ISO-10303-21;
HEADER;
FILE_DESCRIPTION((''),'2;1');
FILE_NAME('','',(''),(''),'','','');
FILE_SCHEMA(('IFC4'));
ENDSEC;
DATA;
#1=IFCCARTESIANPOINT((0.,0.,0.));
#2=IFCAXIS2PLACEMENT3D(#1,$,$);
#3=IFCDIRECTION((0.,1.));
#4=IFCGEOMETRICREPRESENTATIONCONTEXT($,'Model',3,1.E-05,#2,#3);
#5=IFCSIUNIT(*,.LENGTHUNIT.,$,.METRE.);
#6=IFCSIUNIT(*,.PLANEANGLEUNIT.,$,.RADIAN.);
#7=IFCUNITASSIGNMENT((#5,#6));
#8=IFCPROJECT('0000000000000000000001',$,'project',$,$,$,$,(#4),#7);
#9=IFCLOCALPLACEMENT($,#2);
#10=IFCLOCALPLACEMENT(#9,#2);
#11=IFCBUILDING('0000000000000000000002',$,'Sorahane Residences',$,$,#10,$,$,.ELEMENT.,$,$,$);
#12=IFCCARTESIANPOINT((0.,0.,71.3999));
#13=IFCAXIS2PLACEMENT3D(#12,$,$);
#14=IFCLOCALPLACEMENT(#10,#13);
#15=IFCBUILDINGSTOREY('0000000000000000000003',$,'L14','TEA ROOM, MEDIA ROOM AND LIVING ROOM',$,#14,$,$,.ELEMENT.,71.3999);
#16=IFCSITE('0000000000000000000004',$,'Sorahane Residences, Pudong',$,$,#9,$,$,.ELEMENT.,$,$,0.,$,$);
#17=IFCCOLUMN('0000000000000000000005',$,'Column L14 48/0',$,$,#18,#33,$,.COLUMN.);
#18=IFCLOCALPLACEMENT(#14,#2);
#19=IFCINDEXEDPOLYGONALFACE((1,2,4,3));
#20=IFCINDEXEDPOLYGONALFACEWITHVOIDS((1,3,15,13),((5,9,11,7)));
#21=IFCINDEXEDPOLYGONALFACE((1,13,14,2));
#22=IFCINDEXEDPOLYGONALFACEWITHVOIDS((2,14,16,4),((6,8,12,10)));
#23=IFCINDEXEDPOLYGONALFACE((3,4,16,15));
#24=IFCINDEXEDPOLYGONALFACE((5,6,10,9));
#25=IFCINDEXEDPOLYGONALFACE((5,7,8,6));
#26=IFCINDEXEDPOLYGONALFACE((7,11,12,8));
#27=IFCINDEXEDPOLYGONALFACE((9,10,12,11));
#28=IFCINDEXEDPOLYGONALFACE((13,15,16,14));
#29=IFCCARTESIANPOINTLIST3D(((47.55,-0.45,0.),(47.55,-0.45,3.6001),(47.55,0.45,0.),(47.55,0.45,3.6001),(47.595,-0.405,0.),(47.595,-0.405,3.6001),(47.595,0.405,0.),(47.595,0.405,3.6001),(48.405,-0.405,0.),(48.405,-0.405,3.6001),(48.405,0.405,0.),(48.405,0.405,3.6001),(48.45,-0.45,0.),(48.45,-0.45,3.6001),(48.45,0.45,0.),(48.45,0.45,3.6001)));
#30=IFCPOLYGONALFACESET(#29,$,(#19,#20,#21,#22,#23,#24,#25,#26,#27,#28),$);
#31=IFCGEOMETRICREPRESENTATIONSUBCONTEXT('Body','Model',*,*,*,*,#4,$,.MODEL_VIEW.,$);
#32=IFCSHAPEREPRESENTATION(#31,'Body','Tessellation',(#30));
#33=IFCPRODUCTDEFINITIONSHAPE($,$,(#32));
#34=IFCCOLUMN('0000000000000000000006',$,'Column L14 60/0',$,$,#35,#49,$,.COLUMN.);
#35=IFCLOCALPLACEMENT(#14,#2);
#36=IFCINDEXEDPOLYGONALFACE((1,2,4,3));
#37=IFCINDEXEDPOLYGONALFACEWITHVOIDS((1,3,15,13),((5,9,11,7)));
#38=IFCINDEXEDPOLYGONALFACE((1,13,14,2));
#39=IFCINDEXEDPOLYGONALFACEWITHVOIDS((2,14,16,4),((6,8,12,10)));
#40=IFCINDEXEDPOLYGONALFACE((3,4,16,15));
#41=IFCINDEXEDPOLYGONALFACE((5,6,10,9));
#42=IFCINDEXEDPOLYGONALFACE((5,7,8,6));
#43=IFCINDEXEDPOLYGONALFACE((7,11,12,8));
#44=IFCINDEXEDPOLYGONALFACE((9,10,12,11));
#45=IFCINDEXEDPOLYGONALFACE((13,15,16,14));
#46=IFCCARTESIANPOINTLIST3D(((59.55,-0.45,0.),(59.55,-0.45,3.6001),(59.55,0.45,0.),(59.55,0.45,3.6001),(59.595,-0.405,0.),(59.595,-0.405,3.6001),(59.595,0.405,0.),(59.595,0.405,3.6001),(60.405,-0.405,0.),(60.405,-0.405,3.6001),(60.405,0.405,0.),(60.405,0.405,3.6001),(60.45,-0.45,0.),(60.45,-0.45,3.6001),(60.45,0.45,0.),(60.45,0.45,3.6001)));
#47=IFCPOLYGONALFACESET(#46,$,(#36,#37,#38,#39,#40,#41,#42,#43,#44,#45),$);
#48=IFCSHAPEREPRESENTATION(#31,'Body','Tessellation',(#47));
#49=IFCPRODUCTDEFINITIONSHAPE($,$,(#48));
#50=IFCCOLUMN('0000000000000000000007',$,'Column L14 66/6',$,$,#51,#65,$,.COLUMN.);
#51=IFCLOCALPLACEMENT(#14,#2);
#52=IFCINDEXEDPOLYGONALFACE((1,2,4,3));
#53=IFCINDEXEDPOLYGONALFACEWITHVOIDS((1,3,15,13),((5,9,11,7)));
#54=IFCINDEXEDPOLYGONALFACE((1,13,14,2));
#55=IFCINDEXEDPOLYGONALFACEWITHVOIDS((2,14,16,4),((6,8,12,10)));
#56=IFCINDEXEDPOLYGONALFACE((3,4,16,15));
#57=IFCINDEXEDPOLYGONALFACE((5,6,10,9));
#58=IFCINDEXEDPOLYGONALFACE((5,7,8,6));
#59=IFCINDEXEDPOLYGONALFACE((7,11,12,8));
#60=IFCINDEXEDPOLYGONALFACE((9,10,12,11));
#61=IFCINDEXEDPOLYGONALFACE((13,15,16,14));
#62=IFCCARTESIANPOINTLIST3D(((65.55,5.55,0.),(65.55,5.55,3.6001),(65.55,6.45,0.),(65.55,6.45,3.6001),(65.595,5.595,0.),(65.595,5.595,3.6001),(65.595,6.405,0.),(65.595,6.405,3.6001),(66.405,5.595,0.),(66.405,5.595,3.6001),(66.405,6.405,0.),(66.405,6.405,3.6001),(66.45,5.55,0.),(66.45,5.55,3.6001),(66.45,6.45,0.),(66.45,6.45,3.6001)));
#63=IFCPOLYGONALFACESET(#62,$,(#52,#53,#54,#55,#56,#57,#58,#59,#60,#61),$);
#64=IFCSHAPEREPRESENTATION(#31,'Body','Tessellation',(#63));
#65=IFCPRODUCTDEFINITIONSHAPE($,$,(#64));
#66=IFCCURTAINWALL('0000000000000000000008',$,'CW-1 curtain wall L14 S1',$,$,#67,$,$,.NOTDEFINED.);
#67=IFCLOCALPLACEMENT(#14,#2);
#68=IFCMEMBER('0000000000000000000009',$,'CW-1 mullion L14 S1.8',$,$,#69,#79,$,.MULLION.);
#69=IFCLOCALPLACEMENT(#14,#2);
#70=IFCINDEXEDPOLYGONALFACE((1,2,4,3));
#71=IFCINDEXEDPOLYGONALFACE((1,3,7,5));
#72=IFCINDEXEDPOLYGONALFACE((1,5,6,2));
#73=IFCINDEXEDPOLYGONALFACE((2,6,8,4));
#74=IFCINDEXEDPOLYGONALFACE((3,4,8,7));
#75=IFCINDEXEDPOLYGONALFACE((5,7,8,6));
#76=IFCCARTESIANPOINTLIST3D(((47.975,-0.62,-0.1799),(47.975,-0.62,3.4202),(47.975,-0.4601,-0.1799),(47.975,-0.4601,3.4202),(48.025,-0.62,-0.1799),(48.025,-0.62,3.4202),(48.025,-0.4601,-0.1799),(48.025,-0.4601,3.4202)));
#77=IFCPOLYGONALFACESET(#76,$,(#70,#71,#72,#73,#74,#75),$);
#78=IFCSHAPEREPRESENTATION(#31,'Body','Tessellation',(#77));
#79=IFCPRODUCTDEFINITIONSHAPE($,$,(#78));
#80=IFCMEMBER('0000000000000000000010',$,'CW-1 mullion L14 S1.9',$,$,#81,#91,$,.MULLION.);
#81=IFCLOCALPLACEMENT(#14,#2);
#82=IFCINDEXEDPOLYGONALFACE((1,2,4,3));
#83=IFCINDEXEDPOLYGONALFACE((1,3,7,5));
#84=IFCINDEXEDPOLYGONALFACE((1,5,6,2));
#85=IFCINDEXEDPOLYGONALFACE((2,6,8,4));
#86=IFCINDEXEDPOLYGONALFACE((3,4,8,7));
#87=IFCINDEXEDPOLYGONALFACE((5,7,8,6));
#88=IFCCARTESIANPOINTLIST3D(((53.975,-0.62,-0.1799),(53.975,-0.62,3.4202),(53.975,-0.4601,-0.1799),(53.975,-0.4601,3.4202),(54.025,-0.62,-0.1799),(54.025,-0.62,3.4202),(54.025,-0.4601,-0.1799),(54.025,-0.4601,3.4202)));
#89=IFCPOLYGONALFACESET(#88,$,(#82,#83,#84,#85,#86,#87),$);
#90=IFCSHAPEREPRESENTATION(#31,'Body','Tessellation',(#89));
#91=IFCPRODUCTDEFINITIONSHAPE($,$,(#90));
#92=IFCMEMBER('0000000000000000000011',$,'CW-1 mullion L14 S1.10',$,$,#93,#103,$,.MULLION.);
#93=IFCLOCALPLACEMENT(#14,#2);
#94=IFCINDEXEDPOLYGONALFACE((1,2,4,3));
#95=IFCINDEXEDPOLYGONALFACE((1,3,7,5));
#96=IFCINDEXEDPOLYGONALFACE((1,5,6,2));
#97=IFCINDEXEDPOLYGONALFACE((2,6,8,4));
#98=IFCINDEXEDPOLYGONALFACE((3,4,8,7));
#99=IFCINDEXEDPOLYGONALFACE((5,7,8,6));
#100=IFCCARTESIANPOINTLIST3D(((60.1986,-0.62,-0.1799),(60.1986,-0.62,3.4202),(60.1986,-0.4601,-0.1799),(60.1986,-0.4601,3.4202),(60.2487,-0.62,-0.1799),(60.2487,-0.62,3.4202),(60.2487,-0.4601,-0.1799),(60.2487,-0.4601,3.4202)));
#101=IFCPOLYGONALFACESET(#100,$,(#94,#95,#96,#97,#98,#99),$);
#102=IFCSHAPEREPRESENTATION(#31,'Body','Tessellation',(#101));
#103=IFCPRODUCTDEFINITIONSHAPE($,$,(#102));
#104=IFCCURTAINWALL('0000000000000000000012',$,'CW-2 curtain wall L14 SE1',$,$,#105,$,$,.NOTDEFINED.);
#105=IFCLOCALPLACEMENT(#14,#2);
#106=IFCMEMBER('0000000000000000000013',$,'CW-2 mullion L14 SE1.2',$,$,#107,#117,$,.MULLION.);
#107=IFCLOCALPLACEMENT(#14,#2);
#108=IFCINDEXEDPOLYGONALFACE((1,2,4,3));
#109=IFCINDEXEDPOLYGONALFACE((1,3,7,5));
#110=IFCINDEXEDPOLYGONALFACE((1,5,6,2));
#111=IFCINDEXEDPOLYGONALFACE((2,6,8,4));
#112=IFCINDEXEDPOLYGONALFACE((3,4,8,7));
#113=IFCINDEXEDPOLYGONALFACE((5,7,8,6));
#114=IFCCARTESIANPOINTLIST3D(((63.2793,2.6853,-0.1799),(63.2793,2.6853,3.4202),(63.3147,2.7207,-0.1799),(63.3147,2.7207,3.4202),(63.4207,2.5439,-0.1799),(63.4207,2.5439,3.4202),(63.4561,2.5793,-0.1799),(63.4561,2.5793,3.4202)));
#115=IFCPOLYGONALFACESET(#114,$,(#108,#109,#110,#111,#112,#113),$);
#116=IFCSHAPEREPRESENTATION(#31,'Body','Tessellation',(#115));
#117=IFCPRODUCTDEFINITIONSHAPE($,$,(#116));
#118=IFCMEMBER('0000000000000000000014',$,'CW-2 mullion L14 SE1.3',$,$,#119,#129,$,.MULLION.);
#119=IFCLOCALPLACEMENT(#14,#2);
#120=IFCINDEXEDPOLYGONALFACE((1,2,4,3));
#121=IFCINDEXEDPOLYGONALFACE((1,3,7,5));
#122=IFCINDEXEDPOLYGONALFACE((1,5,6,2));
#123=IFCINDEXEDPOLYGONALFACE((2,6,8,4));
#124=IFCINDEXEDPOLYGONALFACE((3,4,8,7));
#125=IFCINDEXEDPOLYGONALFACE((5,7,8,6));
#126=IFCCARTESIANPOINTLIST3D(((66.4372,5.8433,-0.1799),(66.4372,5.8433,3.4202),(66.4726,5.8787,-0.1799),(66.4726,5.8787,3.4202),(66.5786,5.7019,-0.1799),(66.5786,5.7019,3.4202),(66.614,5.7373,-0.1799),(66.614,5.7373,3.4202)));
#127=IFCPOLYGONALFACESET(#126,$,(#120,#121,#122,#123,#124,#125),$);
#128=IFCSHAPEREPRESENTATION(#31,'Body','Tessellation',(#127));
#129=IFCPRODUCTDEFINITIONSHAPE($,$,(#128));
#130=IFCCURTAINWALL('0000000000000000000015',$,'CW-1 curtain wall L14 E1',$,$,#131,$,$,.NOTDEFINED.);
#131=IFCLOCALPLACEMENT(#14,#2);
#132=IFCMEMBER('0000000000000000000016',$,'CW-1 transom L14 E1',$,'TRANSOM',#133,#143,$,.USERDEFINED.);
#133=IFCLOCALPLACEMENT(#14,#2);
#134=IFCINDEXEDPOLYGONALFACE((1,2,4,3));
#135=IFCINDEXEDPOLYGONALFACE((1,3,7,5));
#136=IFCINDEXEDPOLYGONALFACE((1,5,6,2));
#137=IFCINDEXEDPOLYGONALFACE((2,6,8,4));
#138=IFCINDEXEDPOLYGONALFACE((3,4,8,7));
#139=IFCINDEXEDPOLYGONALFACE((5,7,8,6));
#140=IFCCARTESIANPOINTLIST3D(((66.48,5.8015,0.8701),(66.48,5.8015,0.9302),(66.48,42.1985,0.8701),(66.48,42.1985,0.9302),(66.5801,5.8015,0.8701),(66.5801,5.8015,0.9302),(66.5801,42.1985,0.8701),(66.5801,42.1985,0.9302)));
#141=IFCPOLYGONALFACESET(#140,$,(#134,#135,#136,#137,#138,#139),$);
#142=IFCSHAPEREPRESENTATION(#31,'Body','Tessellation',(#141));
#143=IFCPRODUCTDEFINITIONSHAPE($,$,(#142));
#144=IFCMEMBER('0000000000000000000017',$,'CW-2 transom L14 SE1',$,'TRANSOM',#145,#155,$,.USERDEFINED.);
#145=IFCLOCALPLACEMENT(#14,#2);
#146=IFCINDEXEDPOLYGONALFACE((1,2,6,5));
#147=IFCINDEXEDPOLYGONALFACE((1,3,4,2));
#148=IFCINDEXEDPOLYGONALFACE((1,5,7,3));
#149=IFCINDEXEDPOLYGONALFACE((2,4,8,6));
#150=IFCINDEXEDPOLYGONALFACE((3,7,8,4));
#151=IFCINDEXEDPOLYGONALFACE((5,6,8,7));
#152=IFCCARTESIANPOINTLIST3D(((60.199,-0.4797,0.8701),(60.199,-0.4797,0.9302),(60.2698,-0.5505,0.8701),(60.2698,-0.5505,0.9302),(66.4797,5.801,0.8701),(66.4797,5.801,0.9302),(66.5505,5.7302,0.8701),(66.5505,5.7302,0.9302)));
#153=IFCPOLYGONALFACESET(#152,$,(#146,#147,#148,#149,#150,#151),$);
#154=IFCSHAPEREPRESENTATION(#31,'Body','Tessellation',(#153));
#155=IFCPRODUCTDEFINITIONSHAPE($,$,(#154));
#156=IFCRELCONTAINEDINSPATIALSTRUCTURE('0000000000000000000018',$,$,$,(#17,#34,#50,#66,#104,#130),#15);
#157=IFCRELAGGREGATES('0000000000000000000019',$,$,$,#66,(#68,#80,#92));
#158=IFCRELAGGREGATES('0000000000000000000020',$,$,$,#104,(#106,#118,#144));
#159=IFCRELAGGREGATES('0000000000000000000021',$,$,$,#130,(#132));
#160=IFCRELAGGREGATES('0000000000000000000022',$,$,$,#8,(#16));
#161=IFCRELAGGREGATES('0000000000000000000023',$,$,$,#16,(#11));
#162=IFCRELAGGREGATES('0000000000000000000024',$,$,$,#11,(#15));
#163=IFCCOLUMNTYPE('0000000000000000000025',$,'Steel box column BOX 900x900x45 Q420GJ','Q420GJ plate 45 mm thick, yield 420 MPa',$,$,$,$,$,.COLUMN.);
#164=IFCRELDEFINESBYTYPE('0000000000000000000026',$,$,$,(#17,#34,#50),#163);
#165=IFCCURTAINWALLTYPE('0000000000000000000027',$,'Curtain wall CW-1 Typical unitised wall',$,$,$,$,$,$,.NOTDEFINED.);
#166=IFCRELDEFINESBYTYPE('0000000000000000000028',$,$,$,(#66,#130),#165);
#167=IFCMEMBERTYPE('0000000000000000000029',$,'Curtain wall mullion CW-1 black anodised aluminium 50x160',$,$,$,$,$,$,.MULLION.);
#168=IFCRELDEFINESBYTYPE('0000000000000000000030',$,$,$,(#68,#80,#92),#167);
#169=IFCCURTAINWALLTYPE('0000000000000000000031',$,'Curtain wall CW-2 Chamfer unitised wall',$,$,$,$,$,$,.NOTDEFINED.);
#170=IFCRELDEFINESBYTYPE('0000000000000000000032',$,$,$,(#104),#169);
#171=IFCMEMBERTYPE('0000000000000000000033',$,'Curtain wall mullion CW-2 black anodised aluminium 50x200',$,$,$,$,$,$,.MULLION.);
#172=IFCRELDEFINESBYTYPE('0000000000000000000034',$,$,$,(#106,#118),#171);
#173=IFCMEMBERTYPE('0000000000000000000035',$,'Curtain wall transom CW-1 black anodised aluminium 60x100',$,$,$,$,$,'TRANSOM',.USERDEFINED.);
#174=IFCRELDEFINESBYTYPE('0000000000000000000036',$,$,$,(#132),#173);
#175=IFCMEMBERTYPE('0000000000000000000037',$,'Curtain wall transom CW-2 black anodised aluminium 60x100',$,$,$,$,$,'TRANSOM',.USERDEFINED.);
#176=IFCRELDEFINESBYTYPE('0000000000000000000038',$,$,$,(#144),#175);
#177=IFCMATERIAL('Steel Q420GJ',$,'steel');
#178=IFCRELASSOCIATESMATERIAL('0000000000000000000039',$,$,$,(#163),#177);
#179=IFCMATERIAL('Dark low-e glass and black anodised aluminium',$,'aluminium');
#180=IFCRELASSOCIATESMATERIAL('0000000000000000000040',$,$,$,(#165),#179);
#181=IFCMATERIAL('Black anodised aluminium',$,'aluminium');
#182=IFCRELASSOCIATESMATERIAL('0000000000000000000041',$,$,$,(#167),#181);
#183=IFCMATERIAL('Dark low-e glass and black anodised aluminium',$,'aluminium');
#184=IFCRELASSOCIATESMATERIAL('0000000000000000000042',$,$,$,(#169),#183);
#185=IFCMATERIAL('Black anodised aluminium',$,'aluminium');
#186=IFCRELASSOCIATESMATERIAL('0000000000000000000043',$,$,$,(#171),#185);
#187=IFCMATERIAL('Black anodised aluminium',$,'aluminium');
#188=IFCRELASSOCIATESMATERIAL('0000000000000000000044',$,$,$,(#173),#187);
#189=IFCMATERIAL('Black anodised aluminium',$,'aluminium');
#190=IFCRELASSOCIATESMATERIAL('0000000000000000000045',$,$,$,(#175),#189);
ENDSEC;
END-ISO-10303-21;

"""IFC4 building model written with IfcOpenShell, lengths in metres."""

from ifc_helpers import new_model, si_unit, direction, frame, origin, origin_2d, place, context, subcontext, project, spatial, rectangle, hollow_rectangle, extrude, material, material_profile, profile_set, type_object, element, aggregate, save


model = new_model("IFC4")

# Units and contexts
model_context = context("Model", 3, precision=1e-05, world=origin(), true_north=direction((0.0, 1.0)))
body_context = subcontext(model_context, "Body", "Model", "MODEL_VIEW")
ifc_project = project(units=[si_unit("LENGTHUNIT", "METRE"), si_unit("PLANEANGLEUNIT", "RADIAN")], contexts=[model_context])

# Site, building, storey
site_placement = place(None, origin())
site = spatial("IfcSite", under=ifc_project, at=site_placement, Name="Sorahane Residences, Pudong", CompositionType="ELEMENT", RefElevation=0.0)
building_placement = place(site_placement, origin())
building = spatial("IfcBuilding", under=site, at=building_placement, Name="Sorahane Residences", CompositionType="ELEMENT")
storey_placement = place(building_placement, frame((0.0, 0.0, 71.3999)))
storey = spatial("IfcBuildingStorey", under=building, at=storey_placement, Name="L14", Description="TEA ROOM, MEDIA ROOM AND LIVING ROOM", CompositionType="ELEMENT", Elevation=71.3999)

# Columns
ifc_material_1 = material(Name="Steel Q420GJ", Category="steel")
ifc_material_profile_1 = material_profile(ifc_material_1, hollow_rectangle(XDim=0.8999, YDim=0.8999, WallThickness=0.0449, at=origin_2d()), Name="BOX 900x900x45")
ifc_profile_set_1 = profile_set([ifc_material_profile_1], Name="Steel Q420GJ")
column_type = type_object("IfcColumnType", Name="Steel box column BOX 900x900x45 Q420GJ", Description="Q420GJ plate 45 mm thick, yield 420 MPa", PredefinedType="COLUMN", material=ifc_profile_set_1)
for number, where, z_axis, x_axis, name in (
    (1, (48.0, 0.0, 0.0), (0.0, 0.0, 1.0), (1.0, 0.0, 0.0), "Column L14 48/0"),
    (2, (60.0, 0.0, 0.0), (0.0, 0.0, 1.0), (1.0, 0.0, 0.0), "Column L14 60/0"),
    (3, (66.0, 6.0, 0.0), (0.0, 0.0, 1.0), (1.0, 0.0, 0.0), "Column L14 66/6"),
):
    element("IfcColumn", number, at=place(storey_placement, frame(where, z_axis=z_axis, x_axis=x_axis)), inside=storey, type_object=column_type, Name=name, PredefinedType="COLUMN", context=body_context, shape_type="SweptSolid", body=[
        extrude(hollow_rectangle(XDim=0.8999, YDim=0.8999, WallThickness=0.0449, at=origin_2d()), origin(), (0.0, 0.0, 1.0), 3.6001),
    ])

# Curtain walls, members
ifc_material_2 = material(Name="Dark low-e glass and black anodised aluminium", Category="aluminium")
curtain_wall_type_1 = type_object("IfcCurtainWallType", Name="Curtain wall CW-1 Typical unitised wall", PredefinedType="NOTDEFINED", material=ifc_material_2)
curtain_wall_1_placement = place(storey_placement, origin())
curtain_wall_1 = element("IfcCurtainWall", 4, at=curtain_wall_1_placement, inside=storey, type_object=curtain_wall_type_1, Name="CW-1 curtain wall L14 S1", PredefinedType="NOTDEFINED")
ifc_material_3 = material(Name="Black anodised aluminium", Category="aluminium")
ifc_material_profile_2 = material_profile(ifc_material_3, rectangle(XDim=0.1599, YDim=0.05, at=origin_2d()), Name="Curtain wall mullion CW-1 black anodised aluminium 50x160")
ifc_profile_set_2 = profile_set([ifc_material_profile_2], Name="Black anodised aluminium")
member_type_1 = type_object("IfcMemberType", Name="Curtain wall mullion CW-1 black anodised aluminium 50x160", PredefinedType="MULLION", material=ifc_profile_set_2)
member_1_placement = place(storey_placement, frame((48.0, -0.54, -0.1799), z_axis=(0.0, 0.0, 1.0), x_axis=(0.0, -1.0, 0.0)))
member_1 = element("IfcMember", 5, at=member_1_placement, type_object=member_type_1, Name="CW-1 mullion L14 S1.8", PredefinedType="MULLION", context=body_context, shape_type="SweptSolid", body=[
    extrude(rectangle(XDim=0.1599, YDim=0.05, at=origin_2d()), origin(), (0.0, 0.0, 1.0), 3.6001),
])
member_2_placement = place(storey_placement, frame((54.0, -0.54, -0.1799), z_axis=(0.0, 0.0, 1.0), x_axis=(0.0, -1.0, 0.0)))
member_2 = element("IfcMember", 6, at=member_2_placement, type_object=member_type_1, Name="CW-1 mullion L14 S1.9", PredefinedType="MULLION", context=body_context, shape_type="SweptSolid", body=[
    extrude(rectangle(XDim=0.1599, YDim=0.05, at=origin_2d()), origin(), (0.0, 0.0, 1.0), 3.6001),
])
member_3_placement = place(storey_placement, frame((60.2236, -0.54, -0.1799), z_axis=(0.0, 0.0, 1.0), x_axis=(0.0, -1.0, 0.0)))
member_3 = element("IfcMember", 7, at=member_3_placement, type_object=member_type_1, Name="CW-1 mullion L14 S1.10", PredefinedType="MULLION", context=body_context, shape_type="SweptSolid", body=[
    extrude(rectangle(XDim=0.1599, YDim=0.05, at=origin_2d()), origin(), (0.0, 0.0, 1.0), 3.6001),
])
ifc_material_4 = material(Name="Dark low-e glass and black anodised aluminium", Category="aluminium")
curtain_wall_type_2 = type_object("IfcCurtainWallType", Name="Curtain wall CW-2 Chamfer unitised wall", PredefinedType="NOTDEFINED", material=ifc_material_4)
curtain_wall_2_placement = place(storey_placement, origin())
curtain_wall_2 = element("IfcCurtainWall", 8, at=curtain_wall_2_placement, inside=storey, type_object=curtain_wall_type_2, Name="CW-2 curtain wall L14 SE1", PredefinedType="NOTDEFINED")
ifc_material_5 = material(Name="Black anodised aluminium", Category="aluminium")
ifc_material_profile_3 = material_profile(ifc_material_5, rectangle(XDim=0.2, YDim=0.05, at=origin_2d()), Name="Curtain wall mullion CW-2 black anodised aluminium 50x200")
ifc_profile_set_3 = profile_set([ifc_material_profile_3], Name="Black anodised aluminium")
member_type_2 = type_object("IfcMemberType", Name="Curtain wall mullion CW-2 black anodised aluminium 50x200", PredefinedType="MULLION", material=ifc_profile_set_3)
member_4_placement = place(storey_placement, frame((63.3677, 2.6323, -0.1799), z_axis=(0.0, 0.0, 1.0), x_axis=(0.707107, -0.707107, 0.0)))
member_4 = element("IfcMember", 9, at=member_4_placement, type_object=member_type_2, Name="CW-2 mullion L14 SE1.2", PredefinedType="MULLION", context=body_context, shape_type="SweptSolid", body=[
    extrude(rectangle(XDim=0.2, YDim=0.05, at=origin_2d()), origin(), (0.0, 0.0, 1.0), 3.6001),
])
member_5_placement = place(storey_placement, frame((66.5256, 5.7903, -0.1799), z_axis=(0.0, 0.0, 1.0), x_axis=(0.707107, -0.707107, 0.0)))
member_5 = element("IfcMember", 10, at=member_5_placement, type_object=member_type_2, Name="CW-2 mullion L14 SE1.3", PredefinedType="MULLION", context=body_context, shape_type="SweptSolid", body=[
    extrude(rectangle(XDim=0.2, YDim=0.05, at=origin_2d()), origin(), (0.0, 0.0, 1.0), 3.6001),
])

# Curtain wall, member
curtain_wall_3_placement = place(storey_placement, origin())
curtain_wall_3 = element("IfcCurtainWall", 11, at=curtain_wall_3_placement, inside=storey, type_object=curtain_wall_type_1, Name="CW-1 curtain wall L14 E1", PredefinedType="NOTDEFINED")
ifc_material_6 = material(Name="Black anodised aluminium", Category="aluminium")
ifc_material_profile_4 = material_profile(ifc_material_6, rectangle(XDim=0.1001, YDim=0.0601, at=origin_2d()), Name="Curtain wall transom CW-1 black anodised aluminium 60x100")
ifc_profile_set_4 = profile_set([ifc_material_profile_4], Name="Black anodised aluminium")
member_type_3 = type_object("IfcMemberType", Name="Curtain wall transom CW-1 black anodised aluminium 60x100", ElementType="TRANSOM", PredefinedType="USERDEFINED", material=ifc_profile_set_4)
member_6_placement = place(storey_placement, frame((66.53, 5.8015, 0.9001), z_axis=(0.0, 1.0, 0.0), x_axis=(-1.0, 0.0, 0.0)))
member_6 = element("IfcMember", 12, at=member_6_placement, type_object=member_type_3, Name="CW-1 transom L14 E1", ObjectType="TRANSOM", PredefinedType="USERDEFINED", context=body_context, shape_type="SweptSolid", body=[
    extrude(rectangle(XDim=0.1001, YDim=0.0601, at=origin_2d()), origin(), (0.0, 0.0, 1.0), 36.397),
])

# Member
ifc_material_7 = material(Name="Black anodised aluminium", Category="aluminium")
ifc_material_profile_5 = material_profile(ifc_material_7, rectangle(XDim=0.1001, YDim=0.0601, at=origin_2d()), Name="Curtain wall transom CW-2 black anodised aluminium 60x100")
ifc_profile_set_5 = profile_set([ifc_material_profile_5], Name="Black anodised aluminium")
member_type_4 = type_object("IfcMemberType", Name="Curtain wall transom CW-2 black anodised aluminium 60x100", ElementType="TRANSOM", PredefinedType="USERDEFINED", material=ifc_profile_set_5)
member_7_placement = place(storey_placement, frame((60.2344, -0.5151, 0.9001), z_axis=(0.707107, 0.707107, 0.0), x_axis=(-0.707107, 0.707107, 0.0)))
member_7 = element("IfcMember", 13, at=member_7_placement, type_object=member_type_4, Name="CW-2 transom L14 SE1", ObjectType="TRANSOM", PredefinedType="USERDEFINED", context=body_context, shape_type="SweptSolid", body=[
    extrude(rectangle(XDim=0.1001, YDim=0.0601, at=origin_2d()), origin(), (0.0, 0.0, 1.0), 8.8823),
])

aggregate(curtain_wall_1, [member_1, member_2, member_3])
aggregate(curtain_wall_2, [member_4, member_5, member_7])
aggregate(curtain_wall_3, [member_6])

save(model, "model.ifc")
